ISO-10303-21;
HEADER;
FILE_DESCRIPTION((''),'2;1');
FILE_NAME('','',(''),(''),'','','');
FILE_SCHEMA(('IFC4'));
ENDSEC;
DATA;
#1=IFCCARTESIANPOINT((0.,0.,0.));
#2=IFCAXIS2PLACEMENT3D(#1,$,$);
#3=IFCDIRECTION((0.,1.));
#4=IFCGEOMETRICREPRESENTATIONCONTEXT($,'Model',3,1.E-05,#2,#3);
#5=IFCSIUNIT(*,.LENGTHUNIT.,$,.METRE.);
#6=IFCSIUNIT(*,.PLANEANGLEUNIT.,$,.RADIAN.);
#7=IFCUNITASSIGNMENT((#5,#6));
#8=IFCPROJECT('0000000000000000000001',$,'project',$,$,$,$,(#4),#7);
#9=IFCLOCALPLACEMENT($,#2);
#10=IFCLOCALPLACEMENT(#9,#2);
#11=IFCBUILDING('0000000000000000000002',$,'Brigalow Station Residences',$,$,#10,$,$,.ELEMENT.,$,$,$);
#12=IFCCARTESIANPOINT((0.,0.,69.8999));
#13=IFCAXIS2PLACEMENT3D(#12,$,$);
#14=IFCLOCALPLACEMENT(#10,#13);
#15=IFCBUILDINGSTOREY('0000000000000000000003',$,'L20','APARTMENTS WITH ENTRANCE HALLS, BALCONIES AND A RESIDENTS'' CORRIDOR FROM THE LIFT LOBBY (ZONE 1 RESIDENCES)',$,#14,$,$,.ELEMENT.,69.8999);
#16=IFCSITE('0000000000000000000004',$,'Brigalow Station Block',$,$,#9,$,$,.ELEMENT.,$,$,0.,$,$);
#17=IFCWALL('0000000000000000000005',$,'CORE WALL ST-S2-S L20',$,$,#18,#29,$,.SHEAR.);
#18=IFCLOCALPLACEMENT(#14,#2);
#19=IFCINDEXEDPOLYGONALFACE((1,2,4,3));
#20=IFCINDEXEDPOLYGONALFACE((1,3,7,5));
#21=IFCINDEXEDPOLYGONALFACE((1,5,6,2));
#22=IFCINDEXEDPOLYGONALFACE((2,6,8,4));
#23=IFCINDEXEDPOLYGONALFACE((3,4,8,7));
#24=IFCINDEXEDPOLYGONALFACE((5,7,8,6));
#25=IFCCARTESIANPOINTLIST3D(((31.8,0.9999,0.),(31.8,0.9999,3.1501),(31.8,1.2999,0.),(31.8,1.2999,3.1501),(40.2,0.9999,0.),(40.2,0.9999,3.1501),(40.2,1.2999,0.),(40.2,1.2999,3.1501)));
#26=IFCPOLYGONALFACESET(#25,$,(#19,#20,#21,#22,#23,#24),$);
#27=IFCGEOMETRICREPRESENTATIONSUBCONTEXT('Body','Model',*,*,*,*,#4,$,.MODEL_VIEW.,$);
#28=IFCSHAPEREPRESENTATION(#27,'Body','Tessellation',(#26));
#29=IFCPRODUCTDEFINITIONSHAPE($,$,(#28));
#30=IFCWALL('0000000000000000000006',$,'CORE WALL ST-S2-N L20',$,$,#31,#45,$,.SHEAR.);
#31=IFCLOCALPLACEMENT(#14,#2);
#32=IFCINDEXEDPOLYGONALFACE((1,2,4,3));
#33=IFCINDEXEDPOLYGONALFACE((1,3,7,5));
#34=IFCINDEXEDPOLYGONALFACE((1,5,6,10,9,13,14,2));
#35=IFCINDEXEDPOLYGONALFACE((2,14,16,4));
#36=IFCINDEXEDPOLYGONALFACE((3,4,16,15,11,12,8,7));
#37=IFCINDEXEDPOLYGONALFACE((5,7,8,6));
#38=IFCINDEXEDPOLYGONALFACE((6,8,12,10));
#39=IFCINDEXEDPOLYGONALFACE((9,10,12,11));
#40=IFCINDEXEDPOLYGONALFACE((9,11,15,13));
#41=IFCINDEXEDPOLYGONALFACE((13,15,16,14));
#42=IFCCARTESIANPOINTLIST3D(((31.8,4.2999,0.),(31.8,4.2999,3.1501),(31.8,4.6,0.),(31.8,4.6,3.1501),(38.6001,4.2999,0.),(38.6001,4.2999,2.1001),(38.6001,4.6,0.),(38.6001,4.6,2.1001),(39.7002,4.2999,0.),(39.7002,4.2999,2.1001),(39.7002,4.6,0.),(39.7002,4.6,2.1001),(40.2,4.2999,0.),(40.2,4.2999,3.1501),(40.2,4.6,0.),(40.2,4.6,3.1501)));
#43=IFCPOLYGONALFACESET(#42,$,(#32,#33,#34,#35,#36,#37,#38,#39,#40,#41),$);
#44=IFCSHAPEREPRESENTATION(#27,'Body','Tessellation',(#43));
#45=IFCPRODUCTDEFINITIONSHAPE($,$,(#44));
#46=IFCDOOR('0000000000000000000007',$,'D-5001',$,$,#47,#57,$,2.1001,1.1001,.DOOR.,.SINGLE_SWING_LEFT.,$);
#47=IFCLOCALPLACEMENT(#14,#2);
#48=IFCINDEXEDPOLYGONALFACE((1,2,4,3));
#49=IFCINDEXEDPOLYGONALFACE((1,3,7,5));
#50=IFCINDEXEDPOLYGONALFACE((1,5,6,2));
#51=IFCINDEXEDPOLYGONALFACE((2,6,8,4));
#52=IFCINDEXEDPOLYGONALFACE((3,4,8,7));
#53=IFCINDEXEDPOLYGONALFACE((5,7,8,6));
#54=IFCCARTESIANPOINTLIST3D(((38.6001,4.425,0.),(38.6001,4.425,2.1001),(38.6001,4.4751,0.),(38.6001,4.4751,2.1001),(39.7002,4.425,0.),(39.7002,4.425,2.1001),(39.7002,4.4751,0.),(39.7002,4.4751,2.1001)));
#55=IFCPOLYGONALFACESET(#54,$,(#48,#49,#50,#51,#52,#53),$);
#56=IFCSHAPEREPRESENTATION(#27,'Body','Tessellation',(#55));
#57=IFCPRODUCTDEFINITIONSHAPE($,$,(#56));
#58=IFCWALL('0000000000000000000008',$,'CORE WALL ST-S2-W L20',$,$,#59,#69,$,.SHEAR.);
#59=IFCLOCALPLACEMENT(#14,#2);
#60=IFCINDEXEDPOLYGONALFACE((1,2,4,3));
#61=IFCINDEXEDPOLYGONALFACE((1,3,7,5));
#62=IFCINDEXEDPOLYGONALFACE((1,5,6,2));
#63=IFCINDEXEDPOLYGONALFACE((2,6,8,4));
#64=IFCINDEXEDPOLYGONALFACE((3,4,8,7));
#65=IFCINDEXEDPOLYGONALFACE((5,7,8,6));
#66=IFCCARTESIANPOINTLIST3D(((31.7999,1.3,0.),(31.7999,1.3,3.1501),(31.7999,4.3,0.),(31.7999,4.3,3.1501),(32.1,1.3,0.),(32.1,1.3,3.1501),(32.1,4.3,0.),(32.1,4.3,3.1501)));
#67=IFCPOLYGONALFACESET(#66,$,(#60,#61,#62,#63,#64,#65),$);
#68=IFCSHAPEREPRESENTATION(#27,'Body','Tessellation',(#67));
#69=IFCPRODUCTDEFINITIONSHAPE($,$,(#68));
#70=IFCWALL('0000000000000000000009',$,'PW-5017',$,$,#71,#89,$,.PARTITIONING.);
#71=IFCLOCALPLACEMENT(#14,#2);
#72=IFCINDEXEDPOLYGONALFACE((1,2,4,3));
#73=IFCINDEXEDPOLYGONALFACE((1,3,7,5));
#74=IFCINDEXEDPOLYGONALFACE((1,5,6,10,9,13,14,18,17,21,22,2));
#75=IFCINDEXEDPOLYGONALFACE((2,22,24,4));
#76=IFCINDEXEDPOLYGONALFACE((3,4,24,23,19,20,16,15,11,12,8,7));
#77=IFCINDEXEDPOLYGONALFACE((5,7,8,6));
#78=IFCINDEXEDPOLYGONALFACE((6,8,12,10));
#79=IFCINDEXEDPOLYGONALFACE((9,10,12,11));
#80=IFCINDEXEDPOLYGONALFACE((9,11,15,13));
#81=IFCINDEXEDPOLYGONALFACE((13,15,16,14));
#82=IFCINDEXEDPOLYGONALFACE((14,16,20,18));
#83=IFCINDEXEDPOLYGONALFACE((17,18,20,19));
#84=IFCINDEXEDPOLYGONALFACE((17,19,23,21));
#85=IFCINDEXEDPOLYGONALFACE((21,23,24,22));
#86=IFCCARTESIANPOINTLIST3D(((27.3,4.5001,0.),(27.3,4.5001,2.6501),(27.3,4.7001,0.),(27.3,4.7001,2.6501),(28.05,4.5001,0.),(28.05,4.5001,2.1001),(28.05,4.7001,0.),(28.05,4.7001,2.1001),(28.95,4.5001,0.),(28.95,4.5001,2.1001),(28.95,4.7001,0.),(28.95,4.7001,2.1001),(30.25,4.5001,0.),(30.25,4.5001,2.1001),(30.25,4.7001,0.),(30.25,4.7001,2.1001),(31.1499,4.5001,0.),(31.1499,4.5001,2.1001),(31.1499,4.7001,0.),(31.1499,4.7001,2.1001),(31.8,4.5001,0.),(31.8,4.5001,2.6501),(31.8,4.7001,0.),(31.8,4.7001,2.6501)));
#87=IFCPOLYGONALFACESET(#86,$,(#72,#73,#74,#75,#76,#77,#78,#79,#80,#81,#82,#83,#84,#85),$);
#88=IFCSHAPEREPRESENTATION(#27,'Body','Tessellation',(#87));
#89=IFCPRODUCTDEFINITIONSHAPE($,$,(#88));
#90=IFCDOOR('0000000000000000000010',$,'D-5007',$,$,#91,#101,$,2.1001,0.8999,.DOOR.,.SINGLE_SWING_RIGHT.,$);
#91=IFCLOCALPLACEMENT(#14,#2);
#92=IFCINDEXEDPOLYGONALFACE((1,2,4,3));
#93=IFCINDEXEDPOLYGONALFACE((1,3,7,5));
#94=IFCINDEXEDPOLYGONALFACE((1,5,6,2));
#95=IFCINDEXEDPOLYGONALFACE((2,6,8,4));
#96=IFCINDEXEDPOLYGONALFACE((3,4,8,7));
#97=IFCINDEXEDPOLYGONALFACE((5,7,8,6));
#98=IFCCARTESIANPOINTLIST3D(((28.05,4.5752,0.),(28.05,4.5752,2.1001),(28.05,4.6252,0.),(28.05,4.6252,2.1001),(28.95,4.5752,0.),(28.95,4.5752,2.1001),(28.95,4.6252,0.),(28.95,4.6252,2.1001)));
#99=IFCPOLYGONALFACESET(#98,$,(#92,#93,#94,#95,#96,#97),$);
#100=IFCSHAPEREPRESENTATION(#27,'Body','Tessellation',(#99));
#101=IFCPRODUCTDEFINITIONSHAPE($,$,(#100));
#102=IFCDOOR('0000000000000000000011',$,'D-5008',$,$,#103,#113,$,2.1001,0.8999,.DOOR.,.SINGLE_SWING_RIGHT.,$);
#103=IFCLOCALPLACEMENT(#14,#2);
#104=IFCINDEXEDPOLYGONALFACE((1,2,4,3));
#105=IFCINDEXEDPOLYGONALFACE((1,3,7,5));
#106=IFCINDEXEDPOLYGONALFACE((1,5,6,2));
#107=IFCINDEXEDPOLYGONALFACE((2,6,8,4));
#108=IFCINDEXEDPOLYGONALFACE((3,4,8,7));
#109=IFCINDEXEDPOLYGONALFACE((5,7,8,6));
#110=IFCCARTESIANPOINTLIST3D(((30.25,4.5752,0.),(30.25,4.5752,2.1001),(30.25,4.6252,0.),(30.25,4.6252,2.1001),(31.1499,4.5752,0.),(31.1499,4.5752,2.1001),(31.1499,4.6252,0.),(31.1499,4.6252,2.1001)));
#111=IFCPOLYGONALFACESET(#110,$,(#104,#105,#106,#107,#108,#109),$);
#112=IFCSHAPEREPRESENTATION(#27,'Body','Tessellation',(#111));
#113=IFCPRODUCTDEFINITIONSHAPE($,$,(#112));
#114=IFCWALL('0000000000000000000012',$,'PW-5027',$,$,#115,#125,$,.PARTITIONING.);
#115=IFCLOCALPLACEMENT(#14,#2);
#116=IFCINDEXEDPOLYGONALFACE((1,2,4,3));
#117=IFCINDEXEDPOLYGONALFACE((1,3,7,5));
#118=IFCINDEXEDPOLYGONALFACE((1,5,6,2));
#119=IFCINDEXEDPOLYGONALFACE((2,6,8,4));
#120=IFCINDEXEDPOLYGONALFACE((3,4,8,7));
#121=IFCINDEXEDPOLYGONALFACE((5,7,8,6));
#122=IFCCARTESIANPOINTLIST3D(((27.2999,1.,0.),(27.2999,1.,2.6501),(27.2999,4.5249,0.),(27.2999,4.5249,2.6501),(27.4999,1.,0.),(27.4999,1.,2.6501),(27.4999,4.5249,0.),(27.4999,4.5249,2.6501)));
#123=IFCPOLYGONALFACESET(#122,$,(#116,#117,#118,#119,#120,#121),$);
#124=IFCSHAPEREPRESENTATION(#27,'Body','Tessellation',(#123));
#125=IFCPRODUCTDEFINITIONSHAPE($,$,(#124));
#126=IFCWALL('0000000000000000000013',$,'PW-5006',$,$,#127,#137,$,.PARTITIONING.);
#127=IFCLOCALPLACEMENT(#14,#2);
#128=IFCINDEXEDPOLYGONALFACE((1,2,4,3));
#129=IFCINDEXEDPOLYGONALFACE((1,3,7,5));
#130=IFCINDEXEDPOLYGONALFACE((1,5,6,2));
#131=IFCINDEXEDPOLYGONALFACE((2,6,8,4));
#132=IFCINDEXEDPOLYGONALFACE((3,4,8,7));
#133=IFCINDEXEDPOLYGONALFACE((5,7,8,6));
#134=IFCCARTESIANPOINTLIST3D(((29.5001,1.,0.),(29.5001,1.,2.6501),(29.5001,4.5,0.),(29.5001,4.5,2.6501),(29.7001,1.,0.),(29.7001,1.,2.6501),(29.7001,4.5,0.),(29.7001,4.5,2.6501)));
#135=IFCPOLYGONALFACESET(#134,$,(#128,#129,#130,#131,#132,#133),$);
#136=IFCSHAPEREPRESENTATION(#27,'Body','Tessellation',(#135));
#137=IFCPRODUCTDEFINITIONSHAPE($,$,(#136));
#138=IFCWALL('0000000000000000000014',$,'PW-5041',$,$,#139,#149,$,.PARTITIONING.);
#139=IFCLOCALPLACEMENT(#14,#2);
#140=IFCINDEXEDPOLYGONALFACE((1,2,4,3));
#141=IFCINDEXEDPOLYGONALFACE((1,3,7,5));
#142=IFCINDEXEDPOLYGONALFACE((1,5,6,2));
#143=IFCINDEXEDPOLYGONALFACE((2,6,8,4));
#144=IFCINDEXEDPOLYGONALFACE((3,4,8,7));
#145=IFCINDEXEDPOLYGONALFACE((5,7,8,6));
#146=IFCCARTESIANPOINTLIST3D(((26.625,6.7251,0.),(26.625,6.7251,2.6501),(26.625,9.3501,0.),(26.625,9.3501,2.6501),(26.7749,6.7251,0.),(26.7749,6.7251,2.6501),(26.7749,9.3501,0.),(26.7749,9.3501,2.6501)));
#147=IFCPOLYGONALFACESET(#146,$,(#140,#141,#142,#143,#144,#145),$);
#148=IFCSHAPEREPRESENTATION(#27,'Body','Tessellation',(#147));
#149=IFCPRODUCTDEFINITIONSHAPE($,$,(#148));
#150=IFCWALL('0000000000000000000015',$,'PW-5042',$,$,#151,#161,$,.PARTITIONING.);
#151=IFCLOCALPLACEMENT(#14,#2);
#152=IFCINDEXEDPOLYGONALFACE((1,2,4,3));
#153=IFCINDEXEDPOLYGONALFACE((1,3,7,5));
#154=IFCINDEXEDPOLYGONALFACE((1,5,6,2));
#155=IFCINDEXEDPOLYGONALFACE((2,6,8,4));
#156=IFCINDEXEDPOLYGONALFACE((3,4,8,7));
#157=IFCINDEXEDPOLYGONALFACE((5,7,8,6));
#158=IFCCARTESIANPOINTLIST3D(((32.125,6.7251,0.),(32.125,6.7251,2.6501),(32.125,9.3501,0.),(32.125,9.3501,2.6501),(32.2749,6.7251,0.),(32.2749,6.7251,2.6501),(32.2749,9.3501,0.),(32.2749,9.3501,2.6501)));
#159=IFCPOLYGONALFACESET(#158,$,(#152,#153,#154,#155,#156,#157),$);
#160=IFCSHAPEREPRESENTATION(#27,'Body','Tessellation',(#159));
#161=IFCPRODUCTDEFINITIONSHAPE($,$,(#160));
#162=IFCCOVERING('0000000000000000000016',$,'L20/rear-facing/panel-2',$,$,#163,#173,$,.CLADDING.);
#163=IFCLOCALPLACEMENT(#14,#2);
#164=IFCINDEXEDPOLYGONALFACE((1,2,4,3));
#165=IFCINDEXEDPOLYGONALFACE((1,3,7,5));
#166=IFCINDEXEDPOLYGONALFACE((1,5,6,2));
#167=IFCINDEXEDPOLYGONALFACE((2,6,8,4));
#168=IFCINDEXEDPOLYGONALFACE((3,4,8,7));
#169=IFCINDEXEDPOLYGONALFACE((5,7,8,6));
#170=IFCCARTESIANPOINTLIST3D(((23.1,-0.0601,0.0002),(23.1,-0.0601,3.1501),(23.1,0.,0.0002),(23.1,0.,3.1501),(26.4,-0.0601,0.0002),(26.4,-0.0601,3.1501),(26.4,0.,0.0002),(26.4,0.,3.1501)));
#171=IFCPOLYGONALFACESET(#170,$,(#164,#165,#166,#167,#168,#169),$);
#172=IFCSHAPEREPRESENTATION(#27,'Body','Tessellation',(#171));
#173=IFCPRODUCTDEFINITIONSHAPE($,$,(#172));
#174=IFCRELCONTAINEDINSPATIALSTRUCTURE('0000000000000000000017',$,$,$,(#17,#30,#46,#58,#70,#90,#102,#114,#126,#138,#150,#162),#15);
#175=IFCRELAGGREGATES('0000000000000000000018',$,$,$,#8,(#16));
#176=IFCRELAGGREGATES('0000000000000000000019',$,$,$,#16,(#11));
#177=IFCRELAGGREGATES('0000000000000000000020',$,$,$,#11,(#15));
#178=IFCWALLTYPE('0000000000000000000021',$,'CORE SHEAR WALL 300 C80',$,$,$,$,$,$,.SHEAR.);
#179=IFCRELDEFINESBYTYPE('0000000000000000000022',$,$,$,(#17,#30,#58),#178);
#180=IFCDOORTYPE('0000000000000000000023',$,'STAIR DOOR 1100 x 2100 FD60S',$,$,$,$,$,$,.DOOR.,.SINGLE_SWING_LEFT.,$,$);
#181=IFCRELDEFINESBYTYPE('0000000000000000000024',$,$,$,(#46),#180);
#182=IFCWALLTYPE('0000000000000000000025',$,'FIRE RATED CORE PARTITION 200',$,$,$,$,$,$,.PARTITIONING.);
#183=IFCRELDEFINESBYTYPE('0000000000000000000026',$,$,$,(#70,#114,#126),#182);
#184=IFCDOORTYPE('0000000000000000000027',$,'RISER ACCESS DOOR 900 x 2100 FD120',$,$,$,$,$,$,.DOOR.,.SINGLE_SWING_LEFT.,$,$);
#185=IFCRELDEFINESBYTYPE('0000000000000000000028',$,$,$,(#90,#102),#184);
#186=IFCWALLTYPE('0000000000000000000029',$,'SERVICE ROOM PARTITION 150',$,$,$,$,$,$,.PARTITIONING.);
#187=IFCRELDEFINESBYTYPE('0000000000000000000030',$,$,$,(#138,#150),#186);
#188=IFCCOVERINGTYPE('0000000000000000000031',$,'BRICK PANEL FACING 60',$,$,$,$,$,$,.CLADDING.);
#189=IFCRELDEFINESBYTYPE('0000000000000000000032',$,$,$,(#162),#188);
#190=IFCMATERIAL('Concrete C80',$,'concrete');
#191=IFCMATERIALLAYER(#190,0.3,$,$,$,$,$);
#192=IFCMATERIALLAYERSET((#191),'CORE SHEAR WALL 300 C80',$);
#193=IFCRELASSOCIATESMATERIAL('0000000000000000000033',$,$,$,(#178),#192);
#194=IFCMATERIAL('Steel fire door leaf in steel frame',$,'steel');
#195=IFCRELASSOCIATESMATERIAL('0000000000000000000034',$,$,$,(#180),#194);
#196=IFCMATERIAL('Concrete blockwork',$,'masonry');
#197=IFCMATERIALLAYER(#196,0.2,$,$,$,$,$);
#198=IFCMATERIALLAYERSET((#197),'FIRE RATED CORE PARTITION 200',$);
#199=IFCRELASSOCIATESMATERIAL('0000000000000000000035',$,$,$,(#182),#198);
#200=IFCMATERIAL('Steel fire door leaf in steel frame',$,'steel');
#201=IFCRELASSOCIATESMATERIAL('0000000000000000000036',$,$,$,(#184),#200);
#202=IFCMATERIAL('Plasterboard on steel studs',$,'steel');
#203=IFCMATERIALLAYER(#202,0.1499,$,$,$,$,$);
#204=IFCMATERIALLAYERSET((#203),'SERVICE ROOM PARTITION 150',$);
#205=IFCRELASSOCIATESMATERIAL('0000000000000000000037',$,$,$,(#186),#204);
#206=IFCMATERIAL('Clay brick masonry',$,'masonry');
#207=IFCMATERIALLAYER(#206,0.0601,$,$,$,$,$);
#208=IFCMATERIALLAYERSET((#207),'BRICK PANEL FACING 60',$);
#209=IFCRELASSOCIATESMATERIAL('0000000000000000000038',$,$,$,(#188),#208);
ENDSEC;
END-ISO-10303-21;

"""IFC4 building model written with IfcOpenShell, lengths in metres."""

from ifc_helpers import new_model, si_unit, direction, frame, frame_2d, origin, origin_2d, place, context, subcontext, project, spatial, rectangle, extrude, material, layer, layer_set, type_object, element, fill, save


model = new_model("IFC4")

# Units and contexts
model_context = context("Model", 3, precision=1e-05, world=origin(), true_north=direction((0.0, 1.0)))
body_context = subcontext(model_context, "Body", "Model", "MODEL_VIEW")
ifc_project = project(units=[si_unit("LENGTHUNIT", "METRE"), si_unit("PLANEANGLEUNIT", "RADIAN")], contexts=[model_context])

# Site, building, storey
site_placement = place(None, origin())
site = spatial("IfcSite", under=ifc_project, at=site_placement, Name="Brigalow Station Block", CompositionType="ELEMENT", RefElevation=0.0)
building_placement = place(site_placement, origin())
building = spatial("IfcBuilding", under=site, at=building_placement, Name="Brigalow Station Residences", CompositionType="ELEMENT")
storey_placement = place(building_placement, frame((0.0, 0.0, 69.8999)))
storey = spatial("IfcBuildingStorey", under=building, at=storey_placement, Name="L20", Description="APARTMENTS WITH ENTRANCE HALLS, BALCONIES AND A RESIDENTS' CORRIDOR FROM THE LIFT LOBBY (ZONE 1 RESIDENCES)", CompositionType="ELEMENT", Elevation=69.8999)

# Wall
ifc_material_1 = material(Name="Concrete C80", Category="concrete")
ifc_layer_1 = layer(ifc_material_1, 0.3)
ifc_layer_set_1 = layer_set([ifc_layer_1], Name="CORE SHEAR WALL 300 C80")
wall_type_1 = type_object("IfcWallType", Name="CORE SHEAR WALL 300 C80", PredefinedType="SHEAR", material=ifc_layer_set_1)
wall_1_placement = place(storey_placement, frame((31.8, 1.1499, 0.0), z_axis=(0.0, 0.0, 1.0), x_axis=(1.0, 0.0, 0.0)))
element("IfcWall", 1, at=wall_1_placement, inside=storey, type_object=wall_type_1, Name="CORE WALL ST-S2-S L20", PredefinedType="SHEAR", context=body_context, shape_type="SweptSolid", body=[
    extrude(rectangle(XDim=8.3999, YDim=0.3, at=frame_2d((4.2, 0.0))), origin(), (0.0, 0.0, 1.0), 3.1501),
])

# Wall, opening, door
wall_2_placement = place(storey_placement, frame((31.8, 4.45, 0.0), z_axis=(0.0, 0.0, 1.0), x_axis=(1.0, 0.0, 0.0)))
wall_2 = element("IfcWall", 2, at=wall_2_placement, inside=storey, type_object=wall_type_1, Name="CORE WALL ST-S2-N L20", PredefinedType="SHEAR", context=body_context, shape_type="SweptSolid", body=[
    extrude(rectangle(XDim=8.3999, YDim=0.3, at=frame_2d((4.2, 0.0))), origin(), (0.0, 0.0, 1.0), 3.1501),
])
opening_1_placement = place(wall_2_placement, frame((6.8, 0.0, 0.0)))
opening_1 = element("IfcOpeningElement", 3, at=opening_1_placement, cuts=wall_2, PredefinedType="OPENING", context=body_context, shape_type="SweptSolid", body=[
    extrude(rectangle(XDim=1.1001, YDim=2.1001, at=frame_2d((0.55, 1.05))), frame((0.0, 0.1602, 0.0), z_axis=(0.0, -1.0, 0.0), x_axis=(1.0, 0.0, 0.0)), (0.0, 0.0, 1.0), 0.3201),
])
ifc_material_2 = material(Name="Steel fire door leaf in steel frame", Category="steel")
door_type_1 = type_object("IfcDoorType", Name="STAIR DOOR 1100 x 2100 FD60S", OperationType="SINGLE_SWING_LEFT", PredefinedType="DOOR", material=ifc_material_2)
door_1_placement = place(opening_1_placement, frame((1.1001, 0.0, 0.0), z_axis=(0.0, 0.0, 1.0), x_axis=(-1.0, 0.0, 0.0)))
door_1 = element("IfcDoor", 4, at=door_1_placement, inside=storey, type_object=door_type_1, Name="D-5001", OperationType="SINGLE_SWING_LEFT", OverallHeight=2.1001, OverallWidth=1.1001, PredefinedType="DOOR", context=body_context, shape_type="SweptSolid", body=[
    extrude(rectangle(XDim=1.1001, YDim=2.1001, at=frame_2d((0.55, 1.05))), frame((0.0, 0.0249, 0.0), z_axis=(0.0, -1.0, 0.0), x_axis=(1.0, 0.0, 0.0)), (0.0, 0.0, 1.0), 0.05),
])
fill(opening_1, door_1)

# Wall
wall_3_placement = place(storey_placement, frame((31.95, 1.3, 0.0), z_axis=(0.0, 0.0, 1.0), x_axis=(0.0, 1.0, 0.0)))
element("IfcWall", 5, at=wall_3_placement, inside=storey, type_object=wall_type_1, Name="CORE WALL ST-S2-W L20", PredefinedType="SHEAR", context=body_context, shape_type="SweptSolid", body=[
    extrude(rectangle(XDim=3.0, YDim=0.3, at=frame_2d((1.5, 0.0))), origin(), (0.0, 0.0, 1.0), 3.1501),
])

# Wall, openings, doors
ifc_material_3 = material(Name="Concrete blockwork", Category="masonry")
ifc_layer_2 = layer(ifc_material_3, 0.2)
ifc_layer_set_2 = layer_set([ifc_layer_2], Name="FIRE RATED CORE PARTITION 200")
wall_type_2 = type_object("IfcWallType", Name="FIRE RATED CORE PARTITION 200", PredefinedType="PARTITIONING", material=ifc_layer_set_2)
wall_4_placement = place(storey_placement, frame((27.3, 4.6001, 0.0), z_axis=(0.0, 0.0, 1.0), x_axis=(1.0, 0.0, 0.0)))
wall_4 = element("IfcWall", 6, at=wall_4_placement, inside=storey, type_object=wall_type_2, Name="PW-5017", PredefinedType="PARTITIONING", context=body_context, shape_type="SweptSolid", body=[
    extrude(rectangle(XDim=4.5, YDim=0.2, at=frame_2d((2.25, 0.0))), origin(), (0.0, 0.0, 1.0), 2.6501),
])
opening_2_placement = place(wall_4_placement, frame((0.75, 0.0, 0.0)))
opening_2 = element("IfcOpeningElement", 7, at=opening_2_placement, cuts=wall_4, PredefinedType="OPENING", context=body_context, shape_type="SweptSolid", body=[
    extrude(rectangle(XDim=0.8999, YDim=2.1001, at=frame_2d((0.45, 1.05))), frame((0.0, 0.1099, 0.0), z_axis=(0.0, -1.0, 0.0), x_axis=(1.0, 0.0, 0.0)), (0.0, 0.0, 1.0), 0.22),
])
opening_3_placement = place(wall_4_placement, frame((2.95, 0.0, 0.0)))
opening_3 = element("IfcOpeningElement", 8, at=opening_3_placement, cuts=wall_4, PredefinedType="OPENING", context=body_context, shape_type="SweptSolid", body=[
    extrude(rectangle(XDim=0.8999, YDim=2.1001, at=frame_2d((0.45, 1.05))), frame((0.0, 0.1099, 0.0), z_axis=(0.0, -1.0, 0.0), x_axis=(1.0, 0.0, 0.0)), (0.0, 0.0, 1.0), 0.22),
])
ifc_material_4 = material(Name="Steel fire door leaf in steel frame", Category="steel")
door_type_2 = type_object("IfcDoorType", Name="RISER ACCESS DOOR 900 x 2100 FD120", OperationType="SINGLE_SWING_LEFT", PredefinedType="DOOR", material=ifc_material_4)
door_2_placement = place(opening_2_placement, frame((0.8999, 0.0, 0.0), z_axis=(0.0, 0.0, 1.0), x_axis=(-1.0, 0.0, 0.0)))
door_2 = element("IfcDoor", 9, at=door_2_placement, inside=storey, type_object=door_type_2, Name="D-5007", OperationType="SINGLE_SWING_RIGHT", OverallHeight=2.1001, OverallWidth=0.8999, PredefinedType="DOOR", context=body_context, shape_type="SweptSolid", body=[
    extrude(rectangle(XDim=0.8999, YDim=2.1001, at=frame_2d((0.45, 1.05))), frame((0.0, 0.0249, 0.0), z_axis=(0.0, -1.0, 0.0), x_axis=(1.0, 0.0, 0.0)), (0.0, 0.0, 1.0), 0.05),
])
fill(opening_2, door_2)
door_3_placement = place(opening_3_placement, frame((0.8999, 0.0, 0.0), z_axis=(0.0, 0.0, 1.0), x_axis=(-1.0, 0.0, 0.0)))
door_3 = element("IfcDoor", 10, at=door_3_placement, inside=storey, type_object=door_type_2, Name="D-5008", OperationType="SINGLE_SWING_RIGHT", OverallHeight=2.1001, OverallWidth=0.8999, PredefinedType="DOOR", context=body_context, shape_type="SweptSolid", body=[
    extrude(rectangle(XDim=0.8999, YDim=2.1001, at=frame_2d((0.45, 1.05))), frame((0.0, 0.0249, 0.0), z_axis=(0.0, -1.0, 0.0), x_axis=(1.0, 0.0, 0.0)), (0.0, 0.0, 1.0), 0.05),
])
fill(opening_3, door_3)

# Walls
wall_5_placement = place(storey_placement, frame((27.3999, 1.0, 0.0), z_axis=(0.0, 0.0, 1.0), x_axis=(0.0, 1.0, 0.0)))
element("IfcWall", 11, at=wall_5_placement, inside=storey, type_object=wall_type_2, Name="PW-5027", PredefinedType="PARTITIONING", context=body_context, shape_type="SweptSolid", body=[
    extrude(rectangle(XDim=3.5249, YDim=0.2, at=frame_2d((1.7625, 0.0))), origin(), (0.0, 0.0, 1.0), 2.6501),
])
wall_6_placement = place(storey_placement, frame((29.6001, 1.0, 0.0), z_axis=(0.0, 0.0, 1.0), x_axis=(0.0, 1.0, 0.0)))
element("IfcWall", 12, at=wall_6_placement, inside=storey, type_object=wall_type_2, Name="PW-5006", PredefinedType="PARTITIONING", context=body_context, shape_type="SweptSolid", body=[
    extrude(rectangle(XDim=3.5, YDim=0.2, at=frame_2d((1.75, 0.0))), origin(), (0.0, 0.0, 1.0), 2.6501),
])
ifc_material_5 = material(Name="Plasterboard on steel studs", Category="steel")
ifc_layer_3 = layer(ifc_material_5, 0.1499)
ifc_layer_set_3 = layer_set([ifc_layer_3], Name="SERVICE ROOM PARTITION 150")
wall_type_3 = type_object("IfcWallType", Name="SERVICE ROOM PARTITION 150", PredefinedType="PARTITIONING", material=ifc_layer_set_3)
for number, where, z_axis, x_axis, name in (
    (13, (26.7, 6.7251, 0.0), (0.0, 0.0, 1.0), (0.0, 1.0, 0.0), "PW-5041"),
    (14, (32.2, 6.7251, 0.0), (0.0, 0.0, 1.0), (0.0, 1.0, 0.0), "PW-5042"),
):
    element("IfcWall", number, at=place(storey_placement, frame(where, z_axis=z_axis, x_axis=x_axis)), inside=storey, type_object=wall_type_3, Name=name, PredefinedType="PARTITIONING", context=body_context, shape_type="SweptSolid", body=[
        extrude(rectangle(XDim=2.625, YDim=0.1499, at=frame_2d((1.3125, 0.0))), origin(), (0.0, 0.0, 1.0), 2.6501),
    ])

# Covering
ifc_material_6 = material(Name="Clay brick masonry", Category="masonry")
ifc_layer_4 = layer(ifc_material_6, 0.0601)
ifc_layer_set_4 = layer_set([ifc_layer_4], Name="BRICK PANEL FACING 60")
covering_type_1 = type_object("IfcCoveringType", Name="BRICK PANEL FACING 60", PredefinedType="CLADDING", material=ifc_layer_set_4)
for number, where, z_axis, x_axis, name in (
    (15, (24.75, -0.03, 0.0002), (0.0, 0.0, 1.0), (1.0, 0.0, 0.0), "L20/rear-facing/panel-2"),
):
    element("IfcCovering", number, at=place(storey_placement, frame(where, z_axis=z_axis, x_axis=x_axis)), inside=storey, type_object=covering_type_1, Name=name, PredefinedType="CLADDING", context=body_context, shape_type="SweptSolid", body=[
        extrude(rectangle(XDim=3.3, YDim=0.0601, at=origin_2d()), origin(), (0.0, 0.0, 1.0), 3.1499),
    ])

save(model, "model.ifc")
